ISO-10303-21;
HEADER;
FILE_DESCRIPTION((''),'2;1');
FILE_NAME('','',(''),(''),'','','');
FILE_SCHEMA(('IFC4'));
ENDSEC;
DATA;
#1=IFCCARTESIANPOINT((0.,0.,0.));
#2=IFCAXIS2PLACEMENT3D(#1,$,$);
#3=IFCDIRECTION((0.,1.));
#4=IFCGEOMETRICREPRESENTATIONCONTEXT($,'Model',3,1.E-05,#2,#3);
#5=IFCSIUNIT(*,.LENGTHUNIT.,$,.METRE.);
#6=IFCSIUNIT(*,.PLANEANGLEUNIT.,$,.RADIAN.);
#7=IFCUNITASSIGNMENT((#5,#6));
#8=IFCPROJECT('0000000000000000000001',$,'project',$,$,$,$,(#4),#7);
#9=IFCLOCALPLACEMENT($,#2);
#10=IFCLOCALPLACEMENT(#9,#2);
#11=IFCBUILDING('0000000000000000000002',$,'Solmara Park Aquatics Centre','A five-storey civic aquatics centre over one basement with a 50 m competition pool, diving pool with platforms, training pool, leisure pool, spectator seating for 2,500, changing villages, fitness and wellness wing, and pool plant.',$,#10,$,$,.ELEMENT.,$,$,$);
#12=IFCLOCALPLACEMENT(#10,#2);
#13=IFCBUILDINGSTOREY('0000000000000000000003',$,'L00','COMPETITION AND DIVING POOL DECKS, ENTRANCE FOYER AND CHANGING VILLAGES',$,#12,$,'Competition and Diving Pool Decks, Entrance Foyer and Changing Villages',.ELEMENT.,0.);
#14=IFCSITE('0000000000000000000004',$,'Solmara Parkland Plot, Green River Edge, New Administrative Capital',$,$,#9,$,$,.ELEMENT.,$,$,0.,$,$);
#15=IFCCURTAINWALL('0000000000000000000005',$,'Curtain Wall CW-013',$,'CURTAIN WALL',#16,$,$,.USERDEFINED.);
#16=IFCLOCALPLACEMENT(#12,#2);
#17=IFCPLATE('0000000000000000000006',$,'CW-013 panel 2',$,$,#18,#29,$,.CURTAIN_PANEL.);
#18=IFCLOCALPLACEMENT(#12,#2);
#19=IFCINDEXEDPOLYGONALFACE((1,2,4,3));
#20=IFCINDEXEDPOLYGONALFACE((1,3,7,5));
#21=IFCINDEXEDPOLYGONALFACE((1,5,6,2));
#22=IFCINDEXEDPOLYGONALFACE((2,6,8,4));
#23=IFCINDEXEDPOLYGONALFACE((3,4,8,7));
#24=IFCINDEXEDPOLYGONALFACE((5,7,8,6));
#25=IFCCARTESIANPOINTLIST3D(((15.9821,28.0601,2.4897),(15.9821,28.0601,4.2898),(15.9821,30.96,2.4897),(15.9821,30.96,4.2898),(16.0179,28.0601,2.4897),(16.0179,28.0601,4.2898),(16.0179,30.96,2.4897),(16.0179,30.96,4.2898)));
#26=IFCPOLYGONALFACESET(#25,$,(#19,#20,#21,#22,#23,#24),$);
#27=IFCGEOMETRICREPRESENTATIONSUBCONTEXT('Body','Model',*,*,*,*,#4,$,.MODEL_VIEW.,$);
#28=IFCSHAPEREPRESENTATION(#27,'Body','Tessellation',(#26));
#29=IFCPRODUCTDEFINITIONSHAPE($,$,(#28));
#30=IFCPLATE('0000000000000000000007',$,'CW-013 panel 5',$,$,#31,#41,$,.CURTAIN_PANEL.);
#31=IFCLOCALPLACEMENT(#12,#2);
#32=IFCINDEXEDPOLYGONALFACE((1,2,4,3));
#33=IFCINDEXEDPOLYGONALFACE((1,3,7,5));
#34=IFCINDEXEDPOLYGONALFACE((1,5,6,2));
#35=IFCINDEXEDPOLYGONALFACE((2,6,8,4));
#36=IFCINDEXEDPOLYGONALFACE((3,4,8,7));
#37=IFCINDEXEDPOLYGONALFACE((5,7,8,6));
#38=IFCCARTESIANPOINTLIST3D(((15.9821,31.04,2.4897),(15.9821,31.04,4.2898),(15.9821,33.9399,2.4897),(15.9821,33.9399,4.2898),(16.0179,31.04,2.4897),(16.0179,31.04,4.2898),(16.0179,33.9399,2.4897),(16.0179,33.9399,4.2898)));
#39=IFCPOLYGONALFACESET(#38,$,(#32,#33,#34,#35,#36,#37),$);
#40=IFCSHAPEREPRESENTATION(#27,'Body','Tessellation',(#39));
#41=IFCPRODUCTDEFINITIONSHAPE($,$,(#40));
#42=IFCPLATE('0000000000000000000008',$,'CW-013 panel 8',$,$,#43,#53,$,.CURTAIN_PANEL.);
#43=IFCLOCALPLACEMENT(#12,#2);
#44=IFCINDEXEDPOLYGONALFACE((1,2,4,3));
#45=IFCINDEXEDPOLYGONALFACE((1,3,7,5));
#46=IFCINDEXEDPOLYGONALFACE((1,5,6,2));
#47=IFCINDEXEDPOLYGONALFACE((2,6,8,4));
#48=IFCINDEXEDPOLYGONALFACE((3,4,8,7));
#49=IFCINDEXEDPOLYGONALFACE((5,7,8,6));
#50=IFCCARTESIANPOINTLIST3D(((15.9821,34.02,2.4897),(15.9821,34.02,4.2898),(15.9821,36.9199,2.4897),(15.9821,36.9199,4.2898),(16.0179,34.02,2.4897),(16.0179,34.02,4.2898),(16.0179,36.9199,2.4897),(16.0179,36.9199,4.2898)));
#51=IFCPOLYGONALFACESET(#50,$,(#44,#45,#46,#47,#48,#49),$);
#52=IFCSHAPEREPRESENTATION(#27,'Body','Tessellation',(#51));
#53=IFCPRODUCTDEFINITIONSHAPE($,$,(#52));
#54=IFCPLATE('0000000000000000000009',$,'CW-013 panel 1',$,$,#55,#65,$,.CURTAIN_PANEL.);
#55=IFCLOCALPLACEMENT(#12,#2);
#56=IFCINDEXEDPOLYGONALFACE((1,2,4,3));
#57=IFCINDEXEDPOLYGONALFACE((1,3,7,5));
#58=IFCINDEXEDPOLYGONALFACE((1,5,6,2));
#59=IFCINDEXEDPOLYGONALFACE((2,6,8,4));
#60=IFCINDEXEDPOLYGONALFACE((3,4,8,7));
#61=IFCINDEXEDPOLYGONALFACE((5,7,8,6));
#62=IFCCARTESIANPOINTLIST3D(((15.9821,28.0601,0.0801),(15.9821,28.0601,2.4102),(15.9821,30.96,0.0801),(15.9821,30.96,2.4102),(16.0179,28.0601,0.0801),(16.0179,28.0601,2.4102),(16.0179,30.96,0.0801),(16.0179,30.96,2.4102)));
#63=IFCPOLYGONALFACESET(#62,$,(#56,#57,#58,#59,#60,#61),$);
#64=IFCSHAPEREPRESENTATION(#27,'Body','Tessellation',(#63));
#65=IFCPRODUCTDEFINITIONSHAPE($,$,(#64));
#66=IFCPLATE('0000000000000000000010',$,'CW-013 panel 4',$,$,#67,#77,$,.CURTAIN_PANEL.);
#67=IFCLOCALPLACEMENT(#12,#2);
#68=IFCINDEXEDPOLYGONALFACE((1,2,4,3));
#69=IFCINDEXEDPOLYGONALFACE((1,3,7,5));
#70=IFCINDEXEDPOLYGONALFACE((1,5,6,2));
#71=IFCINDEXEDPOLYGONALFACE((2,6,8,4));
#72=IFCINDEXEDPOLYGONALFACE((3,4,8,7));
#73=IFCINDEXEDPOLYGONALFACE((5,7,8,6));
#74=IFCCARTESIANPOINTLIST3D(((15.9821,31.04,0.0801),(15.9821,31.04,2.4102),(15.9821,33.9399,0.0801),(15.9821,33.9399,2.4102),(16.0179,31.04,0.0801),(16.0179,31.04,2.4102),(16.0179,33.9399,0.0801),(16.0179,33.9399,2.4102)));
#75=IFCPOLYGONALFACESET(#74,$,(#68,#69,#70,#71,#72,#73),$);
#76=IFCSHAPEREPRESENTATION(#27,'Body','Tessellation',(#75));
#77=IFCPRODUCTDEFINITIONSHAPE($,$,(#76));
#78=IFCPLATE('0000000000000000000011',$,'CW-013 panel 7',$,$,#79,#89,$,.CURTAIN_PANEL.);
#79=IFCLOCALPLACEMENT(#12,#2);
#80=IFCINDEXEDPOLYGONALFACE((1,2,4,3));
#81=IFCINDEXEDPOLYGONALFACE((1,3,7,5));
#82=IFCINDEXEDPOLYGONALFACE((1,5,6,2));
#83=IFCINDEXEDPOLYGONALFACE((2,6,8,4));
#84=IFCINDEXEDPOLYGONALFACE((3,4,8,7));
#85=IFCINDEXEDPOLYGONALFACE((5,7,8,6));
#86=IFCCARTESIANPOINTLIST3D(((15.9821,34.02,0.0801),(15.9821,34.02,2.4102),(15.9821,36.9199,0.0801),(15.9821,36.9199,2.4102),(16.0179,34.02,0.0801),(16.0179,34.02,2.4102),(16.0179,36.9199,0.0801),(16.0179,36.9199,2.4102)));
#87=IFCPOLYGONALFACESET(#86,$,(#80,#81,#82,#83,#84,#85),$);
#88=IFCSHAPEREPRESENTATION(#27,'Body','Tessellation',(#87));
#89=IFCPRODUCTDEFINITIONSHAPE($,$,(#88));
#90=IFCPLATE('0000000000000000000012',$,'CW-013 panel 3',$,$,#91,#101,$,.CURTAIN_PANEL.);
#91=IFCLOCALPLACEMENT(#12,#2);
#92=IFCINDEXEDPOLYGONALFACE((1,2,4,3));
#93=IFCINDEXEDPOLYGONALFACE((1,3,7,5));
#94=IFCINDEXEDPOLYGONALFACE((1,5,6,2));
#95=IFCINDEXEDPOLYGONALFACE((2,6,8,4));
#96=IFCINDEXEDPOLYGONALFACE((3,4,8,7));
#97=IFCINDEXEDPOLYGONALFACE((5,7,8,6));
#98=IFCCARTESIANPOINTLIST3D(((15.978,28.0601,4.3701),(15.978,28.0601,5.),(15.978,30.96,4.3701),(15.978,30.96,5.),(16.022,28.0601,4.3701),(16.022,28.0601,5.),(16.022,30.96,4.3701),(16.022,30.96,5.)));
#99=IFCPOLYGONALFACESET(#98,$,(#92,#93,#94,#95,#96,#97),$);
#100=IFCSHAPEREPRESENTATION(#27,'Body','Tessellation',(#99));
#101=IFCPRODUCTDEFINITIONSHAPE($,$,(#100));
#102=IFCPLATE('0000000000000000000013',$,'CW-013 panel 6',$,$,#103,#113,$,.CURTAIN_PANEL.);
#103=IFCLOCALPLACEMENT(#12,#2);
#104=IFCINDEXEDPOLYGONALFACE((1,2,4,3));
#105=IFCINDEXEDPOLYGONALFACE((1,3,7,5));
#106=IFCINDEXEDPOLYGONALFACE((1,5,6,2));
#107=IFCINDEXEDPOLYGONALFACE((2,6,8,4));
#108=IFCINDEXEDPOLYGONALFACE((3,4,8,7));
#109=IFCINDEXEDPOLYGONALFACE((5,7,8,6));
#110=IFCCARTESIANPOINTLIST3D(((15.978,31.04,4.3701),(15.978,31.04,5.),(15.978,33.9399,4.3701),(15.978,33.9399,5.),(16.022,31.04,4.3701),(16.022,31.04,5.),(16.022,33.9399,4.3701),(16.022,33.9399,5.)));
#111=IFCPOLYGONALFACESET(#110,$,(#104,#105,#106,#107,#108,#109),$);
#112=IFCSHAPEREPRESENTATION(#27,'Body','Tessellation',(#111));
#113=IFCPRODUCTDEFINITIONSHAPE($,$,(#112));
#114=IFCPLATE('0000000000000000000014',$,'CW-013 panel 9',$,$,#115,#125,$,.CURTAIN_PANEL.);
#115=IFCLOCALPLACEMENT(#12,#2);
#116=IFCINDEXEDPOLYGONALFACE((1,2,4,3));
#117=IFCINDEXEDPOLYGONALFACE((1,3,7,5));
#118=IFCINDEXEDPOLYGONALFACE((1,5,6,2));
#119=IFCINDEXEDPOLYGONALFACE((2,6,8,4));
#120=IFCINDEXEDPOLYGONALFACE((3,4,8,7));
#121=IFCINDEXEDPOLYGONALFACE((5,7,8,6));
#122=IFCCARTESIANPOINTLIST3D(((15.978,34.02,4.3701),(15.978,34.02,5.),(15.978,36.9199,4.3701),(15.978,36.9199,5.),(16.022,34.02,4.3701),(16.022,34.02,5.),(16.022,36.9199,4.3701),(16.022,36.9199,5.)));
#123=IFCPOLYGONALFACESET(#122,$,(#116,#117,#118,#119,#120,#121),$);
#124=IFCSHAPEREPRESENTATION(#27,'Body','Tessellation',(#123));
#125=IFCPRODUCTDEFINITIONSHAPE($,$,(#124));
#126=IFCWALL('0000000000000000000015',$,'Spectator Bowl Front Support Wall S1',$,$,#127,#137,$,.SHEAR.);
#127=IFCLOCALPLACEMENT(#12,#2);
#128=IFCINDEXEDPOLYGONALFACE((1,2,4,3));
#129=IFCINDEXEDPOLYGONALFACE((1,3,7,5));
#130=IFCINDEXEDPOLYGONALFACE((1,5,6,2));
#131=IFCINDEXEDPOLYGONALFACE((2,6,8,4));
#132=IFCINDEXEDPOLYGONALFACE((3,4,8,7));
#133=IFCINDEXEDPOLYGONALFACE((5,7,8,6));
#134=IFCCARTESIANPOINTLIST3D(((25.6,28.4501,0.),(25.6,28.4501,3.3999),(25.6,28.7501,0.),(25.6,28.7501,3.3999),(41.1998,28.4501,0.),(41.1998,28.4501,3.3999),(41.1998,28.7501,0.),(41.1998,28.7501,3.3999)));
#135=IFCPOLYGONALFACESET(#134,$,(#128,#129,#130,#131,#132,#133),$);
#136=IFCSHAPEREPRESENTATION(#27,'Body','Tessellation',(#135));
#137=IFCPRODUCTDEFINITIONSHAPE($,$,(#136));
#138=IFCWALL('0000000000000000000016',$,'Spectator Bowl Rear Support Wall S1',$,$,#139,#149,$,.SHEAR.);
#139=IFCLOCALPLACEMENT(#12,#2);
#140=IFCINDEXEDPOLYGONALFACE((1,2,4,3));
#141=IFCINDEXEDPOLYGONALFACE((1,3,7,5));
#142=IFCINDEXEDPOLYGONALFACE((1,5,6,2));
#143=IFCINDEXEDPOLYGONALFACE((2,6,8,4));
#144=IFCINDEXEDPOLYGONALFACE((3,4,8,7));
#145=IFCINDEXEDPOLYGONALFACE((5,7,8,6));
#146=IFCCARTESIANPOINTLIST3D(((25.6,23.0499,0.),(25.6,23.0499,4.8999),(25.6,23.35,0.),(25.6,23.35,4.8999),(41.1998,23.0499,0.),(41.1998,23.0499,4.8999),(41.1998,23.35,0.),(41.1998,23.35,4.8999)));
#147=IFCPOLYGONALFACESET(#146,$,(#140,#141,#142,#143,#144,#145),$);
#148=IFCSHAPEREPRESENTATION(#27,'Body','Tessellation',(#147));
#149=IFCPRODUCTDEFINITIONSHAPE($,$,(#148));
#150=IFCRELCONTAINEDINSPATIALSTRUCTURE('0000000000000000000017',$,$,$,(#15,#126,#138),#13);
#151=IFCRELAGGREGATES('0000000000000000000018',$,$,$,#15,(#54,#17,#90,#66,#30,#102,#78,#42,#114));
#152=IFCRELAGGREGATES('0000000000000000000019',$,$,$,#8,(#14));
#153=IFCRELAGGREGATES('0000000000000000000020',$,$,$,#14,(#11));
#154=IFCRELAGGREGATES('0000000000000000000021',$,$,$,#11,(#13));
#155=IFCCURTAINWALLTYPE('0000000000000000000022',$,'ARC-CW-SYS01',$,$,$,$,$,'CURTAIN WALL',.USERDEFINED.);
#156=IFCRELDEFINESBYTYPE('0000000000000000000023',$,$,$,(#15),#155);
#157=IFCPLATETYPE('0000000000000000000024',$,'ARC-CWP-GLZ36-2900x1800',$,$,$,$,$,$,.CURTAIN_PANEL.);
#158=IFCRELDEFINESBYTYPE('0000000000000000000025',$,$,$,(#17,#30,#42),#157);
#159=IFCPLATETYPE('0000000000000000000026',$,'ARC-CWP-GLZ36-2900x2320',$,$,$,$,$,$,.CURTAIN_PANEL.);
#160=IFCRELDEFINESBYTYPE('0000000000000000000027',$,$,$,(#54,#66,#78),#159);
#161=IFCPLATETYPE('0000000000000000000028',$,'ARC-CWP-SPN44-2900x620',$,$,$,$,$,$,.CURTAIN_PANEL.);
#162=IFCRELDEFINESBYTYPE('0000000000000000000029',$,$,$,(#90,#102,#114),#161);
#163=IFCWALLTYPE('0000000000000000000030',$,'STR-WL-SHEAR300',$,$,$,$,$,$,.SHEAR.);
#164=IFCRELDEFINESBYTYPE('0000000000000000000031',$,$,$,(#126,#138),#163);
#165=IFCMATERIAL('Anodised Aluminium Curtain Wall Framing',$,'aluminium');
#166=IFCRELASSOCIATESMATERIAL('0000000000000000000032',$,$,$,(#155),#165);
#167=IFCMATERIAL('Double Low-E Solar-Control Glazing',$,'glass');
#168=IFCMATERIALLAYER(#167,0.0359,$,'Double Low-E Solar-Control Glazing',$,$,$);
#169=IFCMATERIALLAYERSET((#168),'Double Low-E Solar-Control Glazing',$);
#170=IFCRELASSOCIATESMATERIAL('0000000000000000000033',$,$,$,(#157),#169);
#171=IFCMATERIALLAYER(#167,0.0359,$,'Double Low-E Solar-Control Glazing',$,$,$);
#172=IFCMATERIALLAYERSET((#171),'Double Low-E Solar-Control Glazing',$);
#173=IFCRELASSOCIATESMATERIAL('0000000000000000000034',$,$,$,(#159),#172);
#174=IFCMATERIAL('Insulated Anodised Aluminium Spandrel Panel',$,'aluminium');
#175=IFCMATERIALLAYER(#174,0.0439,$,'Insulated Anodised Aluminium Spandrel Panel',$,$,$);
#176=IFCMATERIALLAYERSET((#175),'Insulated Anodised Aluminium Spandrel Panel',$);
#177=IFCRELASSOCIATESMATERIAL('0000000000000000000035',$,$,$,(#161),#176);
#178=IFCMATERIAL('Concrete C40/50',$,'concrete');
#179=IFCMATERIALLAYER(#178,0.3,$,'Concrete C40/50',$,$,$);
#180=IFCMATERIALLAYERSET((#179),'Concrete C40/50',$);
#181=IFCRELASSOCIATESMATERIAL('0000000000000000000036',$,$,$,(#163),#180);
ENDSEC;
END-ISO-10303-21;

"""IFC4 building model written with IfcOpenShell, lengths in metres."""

from ifc_helpers import new_model, si_unit, direction, frame, frame_2d, origin, origin_2d, place, context, subcontext, project, spatial, rectangle, extrude, material, layer, layer_set, type_object, element, aggregate, save


model = new_model("IFC4")

# Units and contexts
model_context = context("Model", 3, precision=1e-05, world=origin(), true_north=direction((0.0, 1.0)))
body_context = subcontext(model_context, "Body", "Model", "MODEL_VIEW")
ifc_project = project(units=[si_unit("LENGTHUNIT", "METRE"), si_unit("PLANEANGLEUNIT", "RADIAN")], contexts=[model_context])

# Site, building, storey
site_placement = place(None, origin())
site = spatial("IfcSite", under=ifc_project, at=site_placement, Name="Solmara Parkland Plot, Green River Edge, New Administrative Capital", CompositionType="ELEMENT", RefElevation=0.0)
building_placement = place(site_placement, origin())
building = spatial("IfcBuilding", under=site, at=building_placement, Name="Solmara Park Aquatics Centre", Description="A five-storey civic aquatics centre over one basement with a 50 m competition pool, diving pool with platforms, training pool, leisure pool, spectator seating for 2,500, changing villages, fitness and wellness wing, and pool plant.", CompositionType="ELEMENT")
storey_placement = place(building_placement, origin())
storey = spatial("IfcBuildingStorey", under=building, at=storey_placement, Name="L00", Description="COMPETITION AND DIVING POOL DECKS, ENTRANCE FOYER AND CHANGING VILLAGES", LongName="Competition and Diving Pool Decks, Entrance Foyer and Changing Villages", CompositionType="ELEMENT", Elevation=0.0)

# Curtain wall
ifc_material_1 = material(Name="Anodised Aluminium Curtain Wall Framing", Category="aluminium")
curtain_wall_type = type_object("IfcCurtainWallType", Name="ARC-CW-SYS01", ElementType="CURTAIN WALL", PredefinedType="USERDEFINED", material=ifc_material_1)
curtain_wall_placement = place(storey_placement, origin())
curtain_wall = element("IfcCurtainWall", 1, at=curtain_wall_placement, inside=storey, type_object=curtain_wall_type, Name="Curtain Wall CW-013", ObjectType="CURTAIN WALL", PredefinedType="USERDEFINED")

# Plates
ifc_material_2 = material(Name="Double Low-E Solar-Control Glazing", Category="glass")
ifc_layer_1 = layer(ifc_material_2, 0.0359, Name="Double Low-E Solar-Control Glazing")
ifc_layer_set_1 = layer_set([ifc_layer_1], Name="Double Low-E Solar-Control Glazing")
plate_type_1 = type_object("IfcPlateType", Name="ARC-CWP-GLZ36-2900x1800", PredefinedType="CURTAIN_PANEL", material=ifc_layer_set_1)
plate_1_placement = place(storey_placement, frame((16.0, 29.51, 2.4897), z_axis=(0.0, 0.0, 1.0), x_axis=(0.0, 1.0, 0.0)))
plate_1 = element("IfcPlate", 2, at=plate_1_placement, type_object=plate_type_1, Name="CW-013 panel 2", PredefinedType="CURTAIN_PANEL", context=body_context, shape_type="SweptSolid", body=[
    extrude(rectangle(XDim=2.8999, YDim=0.0359, at=origin_2d()), origin(), (0.0, 0.0, 1.0), 1.8),
])
plate_2_placement = place(storey_placement, frame((16.0, 32.49, 2.4897), z_axis=(0.0, 0.0, 1.0), x_axis=(0.0, 1.0, 0.0)))
plate_2 = element("IfcPlate", 3, at=plate_2_placement, type_object=plate_type_1, Name="CW-013 panel 5", PredefinedType="CURTAIN_PANEL", context=body_context, shape_type="SweptSolid", body=[
    extrude(rectangle(XDim=2.8999, YDim=0.0359, at=origin_2d()), origin(), (0.0, 0.0, 1.0), 1.8),
])
plate_3_placement = place(storey_placement, frame((16.0, 35.47, 2.4897), z_axis=(0.0, 0.0, 1.0), x_axis=(0.0, 1.0, 0.0)))
plate_3 = element("IfcPlate", 4, at=plate_3_placement, type_object=plate_type_1, Name="CW-013 panel 8", PredefinedType="CURTAIN_PANEL", context=body_context, shape_type="SweptSolid", body=[
    extrude(rectangle(XDim=2.8999, YDim=0.0359, at=origin_2d()), origin(), (0.0, 0.0, 1.0), 1.8),
])
ifc_layer_2 = layer(ifc_material_2, 0.0359, Name="Double Low-E Solar-Control Glazing")
ifc_layer_set_2 = layer_set([ifc_layer_2], Name="Double Low-E Solar-Control Glazing")
plate_type_2 = type_object("IfcPlateType", Name="ARC-CWP-GLZ36-2900x2320", PredefinedType="CURTAIN_PANEL", material=ifc_layer_set_2)
plate_4_placement = place(storey_placement, frame((16.0, 29.51, 0.0801), z_axis=(0.0, 0.0, 1.0), x_axis=(0.0, 1.0, 0.0)))
plate_4 = element("IfcPlate", 5, at=plate_4_placement, type_object=plate_type_2, Name="CW-013 panel 1", PredefinedType="CURTAIN_PANEL", context=body_context, shape_type="SweptSolid", body=[
    extrude(rectangle(XDim=2.8999, YDim=0.0359, at=origin_2d()), origin(), (0.0, 0.0, 1.0), 2.3301),
])
plate_5_placement = place(storey_placement, frame((16.0, 32.49, 0.0801), z_axis=(0.0, 0.0, 1.0), x_axis=(0.0, 1.0, 0.0)))
plate_5 = element("IfcPlate", 6, at=plate_5_placement, type_object=plate_type_2, Name="CW-013 panel 4", PredefinedType="CURTAIN_PANEL", context=body_context, shape_type="SweptSolid", body=[
    extrude(rectangle(XDim=2.8999, YDim=0.0359, at=origin_2d()), origin(), (0.0, 0.0, 1.0), 2.3301),
])
plate_6_placement = place(storey_placement, frame((16.0, 35.47, 0.0801), z_axis=(0.0, 0.0, 1.0), x_axis=(0.0, 1.0, 0.0)))
plate_6 = element("IfcPlate", 7, at=plate_6_placement, type_object=plate_type_2, Name="CW-013 panel 7", PredefinedType="CURTAIN_PANEL", context=body_context, shape_type="SweptSolid", body=[
    extrude(rectangle(XDim=2.8999, YDim=0.0359, at=origin_2d()), origin(), (0.0, 0.0, 1.0), 2.3301),
])
ifc_material_3 = material(Name="Insulated Anodised Aluminium Spandrel Panel", Category="aluminium")
ifc_layer_3 = layer(ifc_material_3, 0.0439, Name="Insulated Anodised Aluminium Spandrel Panel")
ifc_layer_set_3 = layer_set([ifc_layer_3], Name="Insulated Anodised Aluminium Spandrel Panel")
plate_type_3 = type_object("IfcPlateType", Name="ARC-CWP-SPN44-2900x620", PredefinedType="CURTAIN_PANEL", material=ifc_layer_set_3)
plate_7_placement = place(storey_placement, frame((16.0, 29.51, 4.3701), z_axis=(0.0, 0.0, 1.0), x_axis=(0.0, 1.0, 0.0)))
plate_7 = element("IfcPlate", 8, at=plate_7_placement, type_object=plate_type_3, Name="CW-013 panel 3", PredefinedType="CURTAIN_PANEL", context=body_context, shape_type="SweptSolid", body=[
    extrude(rectangle(XDim=2.8999, YDim=0.0439, at=origin_2d()), origin(), (0.0, 0.0, 1.0), 0.6299),
])
plate_8_placement = place(storey_placement, frame((16.0, 32.49, 4.3701), z_axis=(0.0, 0.0, 1.0), x_axis=(0.0, 1.0, 0.0)))
plate_8 = element("IfcPlate", 9, at=plate_8_placement, type_object=plate_type_3, Name="CW-013 panel 6", PredefinedType="CURTAIN_PANEL", context=body_context, shape_type="SweptSolid", body=[
    extrude(rectangle(XDim=2.8999, YDim=0.0439, at=origin_2d()), origin(), (0.0, 0.0, 1.0), 0.6299),
])
plate_9_placement = place(storey_placement, frame((16.0, 35.47, 4.3701), z_axis=(0.0, 0.0, 1.0), x_axis=(0.0, 1.0, 0.0)))
plate_9 = element("IfcPlate", 10, at=plate_9_placement, type_object=plate_type_3, Name="CW-013 panel 9", PredefinedType="CURTAIN_PANEL", context=body_context, shape_type="SweptSolid", body=[
    extrude(rectangle(XDim=2.8999, YDim=0.0439, at=origin_2d()), origin(), (0.0, 0.0, 1.0), 0.6299),
])
aggregate(curtain_wall, [plate_4, plate_1, plate_7, plate_5, plate_2, plate_8, plate_6, plate_3, plate_9])

# Walls
ifc_material_4 = material(Name="Concrete C40/50", Category="concrete")
ifc_layer_4 = layer(ifc_material_4, 0.3, Name="Concrete C40/50")
ifc_layer_set_4 = layer_set([ifc_layer_4], Name="Concrete C40/50")
wall_type = type_object("IfcWallType", Name="STR-WL-SHEAR300", PredefinedType="SHEAR", material=ifc_layer_set_4)
wall_1_placement = place(storey_placement, frame((25.6001, 28.6001, 0.0), z_axis=(0.0, 0.0, 1.0), x_axis=(1.0, 0.0, 0.0)))
element("IfcWall", 11, at=wall_1_placement, inside=storey, type_object=wall_type, Name="Spectator Bowl Front Support Wall S1", PredefinedType="SHEAR", context=body_context, shape_type="SweptSolid", body=[
    extrude(rectangle(XDim=15.5999, YDim=0.3, at=frame_2d((7.7998, 0.0))), origin(), (0.0, 0.0, 1.0), 3.3999),
])
wall_2_placement = place(storey_placement, frame((25.6001, 23.2, 0.0), z_axis=(0.0, 0.0, 1.0), x_axis=(1.0, 0.0, 0.0)))
element("IfcWall", 12, at=wall_2_placement, inside=storey, type_object=wall_type, Name="Spectator Bowl Rear Support Wall S1", PredefinedType="SHEAR", context=body_context, shape_type="SweptSolid", body=[
    extrude(rectangle(XDim=15.5999, YDim=0.3, at=frame_2d((7.7998, 0.0))), origin(), (0.0, 0.0, 1.0), 4.8999),
])

save(model, "model.ifc")
